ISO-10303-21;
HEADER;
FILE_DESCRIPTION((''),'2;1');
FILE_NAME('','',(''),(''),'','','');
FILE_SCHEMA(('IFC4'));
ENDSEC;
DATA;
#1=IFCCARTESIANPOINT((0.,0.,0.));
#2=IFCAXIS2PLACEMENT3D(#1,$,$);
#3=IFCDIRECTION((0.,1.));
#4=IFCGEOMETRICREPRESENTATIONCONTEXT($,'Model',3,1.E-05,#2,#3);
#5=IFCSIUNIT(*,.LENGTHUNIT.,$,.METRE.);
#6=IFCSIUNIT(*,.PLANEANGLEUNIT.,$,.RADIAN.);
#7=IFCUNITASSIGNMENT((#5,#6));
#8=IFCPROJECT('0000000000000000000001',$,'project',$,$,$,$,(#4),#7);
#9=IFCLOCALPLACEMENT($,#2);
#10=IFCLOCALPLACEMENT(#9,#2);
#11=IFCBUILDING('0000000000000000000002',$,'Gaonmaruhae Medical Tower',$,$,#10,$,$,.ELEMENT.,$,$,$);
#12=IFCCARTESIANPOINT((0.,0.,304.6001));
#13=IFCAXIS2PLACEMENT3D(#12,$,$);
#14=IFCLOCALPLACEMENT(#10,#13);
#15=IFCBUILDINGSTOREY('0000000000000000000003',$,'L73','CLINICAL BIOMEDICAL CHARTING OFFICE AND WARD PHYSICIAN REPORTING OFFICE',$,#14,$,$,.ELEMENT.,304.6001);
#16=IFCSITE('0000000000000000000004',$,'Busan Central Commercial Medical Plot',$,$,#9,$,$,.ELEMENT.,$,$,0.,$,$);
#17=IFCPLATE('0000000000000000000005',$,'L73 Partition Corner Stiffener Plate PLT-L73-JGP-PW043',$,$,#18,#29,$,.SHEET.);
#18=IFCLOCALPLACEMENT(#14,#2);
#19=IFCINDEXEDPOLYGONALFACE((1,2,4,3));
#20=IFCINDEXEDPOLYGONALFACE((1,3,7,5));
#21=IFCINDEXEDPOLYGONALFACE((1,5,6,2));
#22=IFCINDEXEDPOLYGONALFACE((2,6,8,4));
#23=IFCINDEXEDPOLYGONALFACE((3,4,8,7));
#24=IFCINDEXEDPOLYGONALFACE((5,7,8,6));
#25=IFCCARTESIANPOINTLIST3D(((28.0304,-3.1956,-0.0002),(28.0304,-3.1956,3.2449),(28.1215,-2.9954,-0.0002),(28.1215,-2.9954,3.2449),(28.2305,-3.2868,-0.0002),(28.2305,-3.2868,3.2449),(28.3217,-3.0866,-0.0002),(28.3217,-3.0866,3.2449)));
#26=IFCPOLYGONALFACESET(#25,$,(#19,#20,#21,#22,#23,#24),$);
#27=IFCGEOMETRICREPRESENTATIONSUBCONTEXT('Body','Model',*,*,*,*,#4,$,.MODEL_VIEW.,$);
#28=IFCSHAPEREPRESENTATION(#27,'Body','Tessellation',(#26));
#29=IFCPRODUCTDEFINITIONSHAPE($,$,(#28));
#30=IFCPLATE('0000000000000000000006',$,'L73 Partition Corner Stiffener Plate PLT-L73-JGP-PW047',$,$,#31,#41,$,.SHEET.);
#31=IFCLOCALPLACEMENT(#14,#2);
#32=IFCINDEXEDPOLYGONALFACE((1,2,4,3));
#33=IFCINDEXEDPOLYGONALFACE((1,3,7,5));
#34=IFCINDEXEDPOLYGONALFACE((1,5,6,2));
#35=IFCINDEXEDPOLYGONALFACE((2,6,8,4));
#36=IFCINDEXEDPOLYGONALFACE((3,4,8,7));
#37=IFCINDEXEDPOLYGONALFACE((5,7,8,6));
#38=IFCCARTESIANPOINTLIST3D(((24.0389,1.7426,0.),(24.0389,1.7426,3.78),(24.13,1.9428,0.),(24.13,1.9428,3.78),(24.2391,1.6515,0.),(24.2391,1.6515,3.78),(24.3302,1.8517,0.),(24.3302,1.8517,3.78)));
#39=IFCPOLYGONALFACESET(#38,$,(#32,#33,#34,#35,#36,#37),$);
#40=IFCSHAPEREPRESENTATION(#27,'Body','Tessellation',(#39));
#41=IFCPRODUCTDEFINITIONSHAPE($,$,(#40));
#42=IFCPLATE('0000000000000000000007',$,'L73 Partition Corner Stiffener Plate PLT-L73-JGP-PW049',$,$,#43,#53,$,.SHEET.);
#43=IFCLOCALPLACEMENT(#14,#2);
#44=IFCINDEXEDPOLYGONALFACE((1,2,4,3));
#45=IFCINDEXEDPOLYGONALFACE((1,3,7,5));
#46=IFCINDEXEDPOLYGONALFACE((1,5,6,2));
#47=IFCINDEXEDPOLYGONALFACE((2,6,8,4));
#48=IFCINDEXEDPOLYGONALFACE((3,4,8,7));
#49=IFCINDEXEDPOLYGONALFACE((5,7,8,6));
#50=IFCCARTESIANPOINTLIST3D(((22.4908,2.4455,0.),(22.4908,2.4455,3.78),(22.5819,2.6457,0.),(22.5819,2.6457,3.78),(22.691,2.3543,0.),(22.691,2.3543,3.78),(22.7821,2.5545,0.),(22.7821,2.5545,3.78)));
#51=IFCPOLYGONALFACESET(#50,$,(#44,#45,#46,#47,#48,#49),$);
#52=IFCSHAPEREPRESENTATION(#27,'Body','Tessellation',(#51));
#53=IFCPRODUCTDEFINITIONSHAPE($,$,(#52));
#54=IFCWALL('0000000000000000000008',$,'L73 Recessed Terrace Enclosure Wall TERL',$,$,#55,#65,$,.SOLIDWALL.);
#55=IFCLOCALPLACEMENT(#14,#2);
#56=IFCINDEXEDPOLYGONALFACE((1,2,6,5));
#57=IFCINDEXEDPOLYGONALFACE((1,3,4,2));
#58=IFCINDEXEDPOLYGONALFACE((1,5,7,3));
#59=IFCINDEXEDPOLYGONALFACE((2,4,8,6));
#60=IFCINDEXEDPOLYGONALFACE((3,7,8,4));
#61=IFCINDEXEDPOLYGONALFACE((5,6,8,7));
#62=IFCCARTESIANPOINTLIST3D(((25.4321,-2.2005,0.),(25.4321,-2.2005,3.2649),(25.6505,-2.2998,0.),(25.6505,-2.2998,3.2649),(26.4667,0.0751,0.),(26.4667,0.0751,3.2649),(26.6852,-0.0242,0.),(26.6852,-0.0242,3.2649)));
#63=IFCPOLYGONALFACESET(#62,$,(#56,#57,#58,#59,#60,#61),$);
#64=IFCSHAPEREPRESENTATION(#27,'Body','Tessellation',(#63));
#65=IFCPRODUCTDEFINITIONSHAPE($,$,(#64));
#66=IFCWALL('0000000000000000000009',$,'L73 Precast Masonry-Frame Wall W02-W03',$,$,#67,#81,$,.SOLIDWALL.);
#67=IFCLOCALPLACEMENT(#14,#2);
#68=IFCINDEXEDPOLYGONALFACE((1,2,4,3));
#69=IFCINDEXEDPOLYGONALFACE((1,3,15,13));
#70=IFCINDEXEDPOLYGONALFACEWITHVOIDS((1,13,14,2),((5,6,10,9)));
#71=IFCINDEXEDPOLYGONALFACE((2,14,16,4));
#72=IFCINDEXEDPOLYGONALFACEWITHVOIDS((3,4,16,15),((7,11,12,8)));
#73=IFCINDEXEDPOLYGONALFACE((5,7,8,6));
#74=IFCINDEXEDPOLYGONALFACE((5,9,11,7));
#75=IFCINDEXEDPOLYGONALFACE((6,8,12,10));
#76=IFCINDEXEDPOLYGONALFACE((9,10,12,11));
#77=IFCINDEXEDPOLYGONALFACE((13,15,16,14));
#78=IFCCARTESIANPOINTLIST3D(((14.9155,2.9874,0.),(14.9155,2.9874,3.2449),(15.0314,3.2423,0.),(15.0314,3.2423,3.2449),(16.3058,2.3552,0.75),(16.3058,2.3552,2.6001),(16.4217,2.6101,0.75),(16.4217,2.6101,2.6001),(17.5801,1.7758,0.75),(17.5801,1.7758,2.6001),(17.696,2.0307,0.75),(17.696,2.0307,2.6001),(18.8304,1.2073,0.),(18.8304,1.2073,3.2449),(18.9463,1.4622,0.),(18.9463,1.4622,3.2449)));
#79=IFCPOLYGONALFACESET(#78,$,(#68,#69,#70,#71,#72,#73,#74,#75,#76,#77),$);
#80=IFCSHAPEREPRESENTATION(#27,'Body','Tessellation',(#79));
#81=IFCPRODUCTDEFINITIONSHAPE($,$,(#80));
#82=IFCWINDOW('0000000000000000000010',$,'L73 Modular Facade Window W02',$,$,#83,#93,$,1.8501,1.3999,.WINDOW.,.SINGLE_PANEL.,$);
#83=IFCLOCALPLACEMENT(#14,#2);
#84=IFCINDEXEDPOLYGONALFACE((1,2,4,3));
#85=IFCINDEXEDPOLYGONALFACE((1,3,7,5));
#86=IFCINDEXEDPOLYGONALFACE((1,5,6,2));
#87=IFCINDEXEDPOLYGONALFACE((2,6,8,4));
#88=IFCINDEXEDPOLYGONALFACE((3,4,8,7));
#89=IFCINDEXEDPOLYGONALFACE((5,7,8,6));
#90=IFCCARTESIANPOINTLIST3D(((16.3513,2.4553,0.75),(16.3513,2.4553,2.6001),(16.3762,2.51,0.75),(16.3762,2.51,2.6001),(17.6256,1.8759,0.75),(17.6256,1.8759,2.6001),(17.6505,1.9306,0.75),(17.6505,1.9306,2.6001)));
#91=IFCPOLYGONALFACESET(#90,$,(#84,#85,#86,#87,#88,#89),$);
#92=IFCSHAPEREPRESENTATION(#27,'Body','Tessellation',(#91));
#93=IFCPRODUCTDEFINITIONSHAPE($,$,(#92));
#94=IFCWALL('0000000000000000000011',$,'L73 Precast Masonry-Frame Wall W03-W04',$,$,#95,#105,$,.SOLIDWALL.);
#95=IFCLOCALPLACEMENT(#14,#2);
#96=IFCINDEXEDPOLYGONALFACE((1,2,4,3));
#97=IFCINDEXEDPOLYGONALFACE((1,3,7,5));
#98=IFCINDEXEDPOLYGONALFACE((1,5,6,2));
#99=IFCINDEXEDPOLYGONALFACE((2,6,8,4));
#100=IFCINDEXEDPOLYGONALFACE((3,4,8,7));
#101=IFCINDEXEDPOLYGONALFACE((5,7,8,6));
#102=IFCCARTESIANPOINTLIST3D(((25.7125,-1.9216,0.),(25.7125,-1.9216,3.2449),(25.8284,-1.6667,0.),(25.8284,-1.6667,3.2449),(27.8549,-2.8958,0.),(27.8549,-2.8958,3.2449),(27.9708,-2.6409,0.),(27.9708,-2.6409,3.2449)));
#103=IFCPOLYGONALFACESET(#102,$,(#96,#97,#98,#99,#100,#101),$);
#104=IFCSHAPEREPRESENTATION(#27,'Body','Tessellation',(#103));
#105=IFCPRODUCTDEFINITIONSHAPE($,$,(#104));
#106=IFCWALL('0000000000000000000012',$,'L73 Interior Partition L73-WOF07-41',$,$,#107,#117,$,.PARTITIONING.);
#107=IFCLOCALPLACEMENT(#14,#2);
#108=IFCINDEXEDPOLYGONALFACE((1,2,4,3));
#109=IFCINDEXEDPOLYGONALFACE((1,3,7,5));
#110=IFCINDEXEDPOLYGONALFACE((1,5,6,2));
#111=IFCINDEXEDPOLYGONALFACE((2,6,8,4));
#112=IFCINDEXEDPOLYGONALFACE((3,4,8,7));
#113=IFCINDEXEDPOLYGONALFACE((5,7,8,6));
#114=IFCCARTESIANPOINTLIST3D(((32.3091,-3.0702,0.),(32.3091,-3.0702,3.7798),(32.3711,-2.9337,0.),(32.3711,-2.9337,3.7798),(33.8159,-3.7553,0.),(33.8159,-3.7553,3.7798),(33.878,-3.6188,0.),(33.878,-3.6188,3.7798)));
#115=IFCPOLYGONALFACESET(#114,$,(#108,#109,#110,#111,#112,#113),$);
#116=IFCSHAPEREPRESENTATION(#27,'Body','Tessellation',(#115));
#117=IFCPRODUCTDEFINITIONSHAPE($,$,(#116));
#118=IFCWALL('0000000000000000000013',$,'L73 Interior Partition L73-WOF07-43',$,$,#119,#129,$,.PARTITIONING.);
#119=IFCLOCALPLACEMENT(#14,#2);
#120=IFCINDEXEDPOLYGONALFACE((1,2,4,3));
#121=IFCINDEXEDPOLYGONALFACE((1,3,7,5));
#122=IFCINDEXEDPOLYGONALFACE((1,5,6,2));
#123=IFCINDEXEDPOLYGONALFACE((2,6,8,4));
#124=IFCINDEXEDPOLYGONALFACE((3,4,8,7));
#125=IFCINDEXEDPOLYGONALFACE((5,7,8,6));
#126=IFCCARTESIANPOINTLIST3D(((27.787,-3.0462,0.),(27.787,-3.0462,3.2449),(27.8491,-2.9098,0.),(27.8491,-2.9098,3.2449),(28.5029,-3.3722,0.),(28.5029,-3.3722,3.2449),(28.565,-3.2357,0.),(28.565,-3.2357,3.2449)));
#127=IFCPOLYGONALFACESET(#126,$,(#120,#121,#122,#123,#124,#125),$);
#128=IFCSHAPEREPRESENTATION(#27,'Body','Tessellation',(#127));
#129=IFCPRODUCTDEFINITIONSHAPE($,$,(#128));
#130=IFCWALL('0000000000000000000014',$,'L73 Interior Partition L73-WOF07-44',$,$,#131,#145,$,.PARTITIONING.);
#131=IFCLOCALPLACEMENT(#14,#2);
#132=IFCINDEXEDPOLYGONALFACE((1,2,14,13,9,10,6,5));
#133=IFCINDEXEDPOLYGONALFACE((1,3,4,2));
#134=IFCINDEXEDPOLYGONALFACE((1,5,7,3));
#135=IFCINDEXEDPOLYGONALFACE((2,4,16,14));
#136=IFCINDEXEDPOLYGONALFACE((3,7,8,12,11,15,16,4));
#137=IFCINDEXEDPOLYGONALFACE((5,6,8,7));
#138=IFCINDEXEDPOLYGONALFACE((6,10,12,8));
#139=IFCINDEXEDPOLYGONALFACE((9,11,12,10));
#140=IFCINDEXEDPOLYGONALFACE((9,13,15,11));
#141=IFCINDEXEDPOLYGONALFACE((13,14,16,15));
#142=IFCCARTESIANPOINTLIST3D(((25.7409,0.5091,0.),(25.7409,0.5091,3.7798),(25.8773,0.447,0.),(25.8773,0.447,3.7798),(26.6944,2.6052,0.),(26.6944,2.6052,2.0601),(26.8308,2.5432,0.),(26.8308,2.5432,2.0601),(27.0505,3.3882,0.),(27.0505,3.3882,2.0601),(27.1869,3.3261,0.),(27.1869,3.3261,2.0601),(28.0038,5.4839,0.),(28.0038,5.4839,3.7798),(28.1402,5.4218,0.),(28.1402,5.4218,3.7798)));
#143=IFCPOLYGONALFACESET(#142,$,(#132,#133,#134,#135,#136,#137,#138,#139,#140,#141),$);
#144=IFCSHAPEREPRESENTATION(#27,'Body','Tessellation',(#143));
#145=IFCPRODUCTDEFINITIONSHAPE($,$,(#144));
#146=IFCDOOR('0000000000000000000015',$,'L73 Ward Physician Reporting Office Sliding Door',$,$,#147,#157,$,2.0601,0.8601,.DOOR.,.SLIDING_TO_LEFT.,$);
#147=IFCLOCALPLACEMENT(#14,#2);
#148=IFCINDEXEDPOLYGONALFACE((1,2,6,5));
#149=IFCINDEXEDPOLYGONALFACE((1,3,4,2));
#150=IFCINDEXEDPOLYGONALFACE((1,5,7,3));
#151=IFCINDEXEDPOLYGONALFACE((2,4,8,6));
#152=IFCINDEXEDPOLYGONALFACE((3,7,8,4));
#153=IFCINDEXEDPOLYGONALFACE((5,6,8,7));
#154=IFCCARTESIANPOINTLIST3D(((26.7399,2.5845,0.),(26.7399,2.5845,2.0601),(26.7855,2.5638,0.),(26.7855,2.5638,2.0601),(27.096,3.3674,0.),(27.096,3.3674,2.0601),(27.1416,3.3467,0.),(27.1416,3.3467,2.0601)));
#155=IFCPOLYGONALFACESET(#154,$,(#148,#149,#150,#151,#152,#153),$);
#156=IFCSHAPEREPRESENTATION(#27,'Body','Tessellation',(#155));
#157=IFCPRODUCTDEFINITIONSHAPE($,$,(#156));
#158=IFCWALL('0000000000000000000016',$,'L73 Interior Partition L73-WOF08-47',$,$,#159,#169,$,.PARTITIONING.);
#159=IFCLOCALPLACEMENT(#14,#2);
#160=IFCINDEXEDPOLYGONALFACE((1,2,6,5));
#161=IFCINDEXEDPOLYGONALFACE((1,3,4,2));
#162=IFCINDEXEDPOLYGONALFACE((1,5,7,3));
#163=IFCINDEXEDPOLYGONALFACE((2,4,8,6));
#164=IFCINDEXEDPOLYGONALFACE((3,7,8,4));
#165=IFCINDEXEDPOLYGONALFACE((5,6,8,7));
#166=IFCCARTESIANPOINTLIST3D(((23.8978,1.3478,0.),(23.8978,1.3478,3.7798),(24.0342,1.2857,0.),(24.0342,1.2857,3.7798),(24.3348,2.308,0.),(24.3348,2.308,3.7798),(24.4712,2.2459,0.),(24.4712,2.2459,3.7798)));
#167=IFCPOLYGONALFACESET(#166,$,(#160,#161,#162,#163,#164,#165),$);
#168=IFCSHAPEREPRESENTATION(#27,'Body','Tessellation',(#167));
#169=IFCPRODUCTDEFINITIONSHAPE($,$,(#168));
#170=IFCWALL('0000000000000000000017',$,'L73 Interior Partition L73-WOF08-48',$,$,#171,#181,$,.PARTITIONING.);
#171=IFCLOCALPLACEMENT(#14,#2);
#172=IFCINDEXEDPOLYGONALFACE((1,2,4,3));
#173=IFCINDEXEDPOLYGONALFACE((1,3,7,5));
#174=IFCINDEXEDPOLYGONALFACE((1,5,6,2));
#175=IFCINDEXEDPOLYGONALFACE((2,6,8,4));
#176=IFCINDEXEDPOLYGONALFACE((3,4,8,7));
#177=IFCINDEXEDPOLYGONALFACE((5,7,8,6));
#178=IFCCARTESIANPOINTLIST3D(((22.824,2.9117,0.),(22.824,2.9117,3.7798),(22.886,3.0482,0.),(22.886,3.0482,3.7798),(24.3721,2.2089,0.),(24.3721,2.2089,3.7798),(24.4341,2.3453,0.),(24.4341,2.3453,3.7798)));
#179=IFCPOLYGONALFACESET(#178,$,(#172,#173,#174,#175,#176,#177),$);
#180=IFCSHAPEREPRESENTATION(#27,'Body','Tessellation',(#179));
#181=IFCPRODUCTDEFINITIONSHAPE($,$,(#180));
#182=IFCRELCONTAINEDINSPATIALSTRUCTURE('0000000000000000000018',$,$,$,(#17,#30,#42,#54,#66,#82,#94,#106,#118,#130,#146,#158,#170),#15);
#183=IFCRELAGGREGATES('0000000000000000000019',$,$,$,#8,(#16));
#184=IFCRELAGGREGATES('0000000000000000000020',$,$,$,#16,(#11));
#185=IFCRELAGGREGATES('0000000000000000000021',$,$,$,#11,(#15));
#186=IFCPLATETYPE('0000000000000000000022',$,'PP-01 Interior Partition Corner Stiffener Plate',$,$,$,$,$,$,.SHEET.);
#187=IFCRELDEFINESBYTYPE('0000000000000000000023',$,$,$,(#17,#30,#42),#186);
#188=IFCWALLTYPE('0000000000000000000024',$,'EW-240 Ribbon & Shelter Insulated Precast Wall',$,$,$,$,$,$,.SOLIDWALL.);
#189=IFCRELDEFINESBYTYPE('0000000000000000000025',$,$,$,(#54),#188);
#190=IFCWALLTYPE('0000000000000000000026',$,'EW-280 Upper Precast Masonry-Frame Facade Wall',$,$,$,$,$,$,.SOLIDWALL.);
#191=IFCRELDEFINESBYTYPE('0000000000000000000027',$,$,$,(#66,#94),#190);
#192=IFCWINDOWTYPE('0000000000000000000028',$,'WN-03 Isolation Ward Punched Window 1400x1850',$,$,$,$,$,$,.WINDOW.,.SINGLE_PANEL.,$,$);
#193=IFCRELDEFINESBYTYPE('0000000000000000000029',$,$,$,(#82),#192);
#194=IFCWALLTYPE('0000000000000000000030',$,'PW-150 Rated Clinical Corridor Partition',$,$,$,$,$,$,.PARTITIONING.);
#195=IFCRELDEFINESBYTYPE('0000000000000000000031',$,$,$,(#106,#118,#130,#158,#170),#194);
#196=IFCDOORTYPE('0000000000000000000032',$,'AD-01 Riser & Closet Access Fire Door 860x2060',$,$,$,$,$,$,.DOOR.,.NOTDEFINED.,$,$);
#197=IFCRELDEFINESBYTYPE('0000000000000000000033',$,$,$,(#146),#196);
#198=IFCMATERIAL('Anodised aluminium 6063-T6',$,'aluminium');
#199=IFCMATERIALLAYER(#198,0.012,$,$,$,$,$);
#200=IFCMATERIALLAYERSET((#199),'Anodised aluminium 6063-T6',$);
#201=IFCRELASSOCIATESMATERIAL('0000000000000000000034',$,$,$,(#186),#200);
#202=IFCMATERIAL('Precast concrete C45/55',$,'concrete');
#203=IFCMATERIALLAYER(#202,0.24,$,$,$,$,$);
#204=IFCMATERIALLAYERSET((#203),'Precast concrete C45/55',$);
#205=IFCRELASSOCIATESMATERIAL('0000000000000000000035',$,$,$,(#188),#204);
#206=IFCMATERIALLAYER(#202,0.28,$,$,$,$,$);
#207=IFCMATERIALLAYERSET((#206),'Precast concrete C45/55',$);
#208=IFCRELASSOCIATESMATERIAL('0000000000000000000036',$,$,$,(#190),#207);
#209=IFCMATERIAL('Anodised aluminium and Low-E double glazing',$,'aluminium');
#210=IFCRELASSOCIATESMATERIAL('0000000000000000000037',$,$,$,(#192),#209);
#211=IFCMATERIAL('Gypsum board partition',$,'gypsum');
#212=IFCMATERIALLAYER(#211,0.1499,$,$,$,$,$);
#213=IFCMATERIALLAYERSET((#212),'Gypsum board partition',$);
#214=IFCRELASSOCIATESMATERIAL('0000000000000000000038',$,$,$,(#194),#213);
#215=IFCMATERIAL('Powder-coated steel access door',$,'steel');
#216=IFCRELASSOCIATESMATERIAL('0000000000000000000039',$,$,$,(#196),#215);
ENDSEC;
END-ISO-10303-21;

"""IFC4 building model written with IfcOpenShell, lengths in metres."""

from ifc_helpers import new_model, si_unit, direction, frame, frame_2d, origin, origin_2d, place, context, subcontext, project, spatial, rectangle, extrude, material, layer, layer_set, type_object, element, fill, save


model = new_model("IFC4")

# Units and contexts
model_context = context("Model", 3, precision=1e-05, world=origin(), true_north=direction((0.0, 1.0)))
body_context = subcontext(model_context, "Body", "Model", "MODEL_VIEW")
ifc_project = project(units=[si_unit("LENGTHUNIT", "METRE"), si_unit("PLANEANGLEUNIT", "RADIAN")], contexts=[model_context])

# Site, building, storey
site_placement = place(None, origin())
site = spatial("IfcSite", under=ifc_project, at=site_placement, Name="Busan Central Commercial Medical Plot", CompositionType="ELEMENT", RefElevation=0.0)
building_placement = place(site_placement, origin())
building = spatial("IfcBuilding", under=site, at=building_placement, Name="Gaonmaruhae Medical Tower", CompositionType="ELEMENT")
storey_placement = place(building_placement, frame((0.0, 0.0, 304.6001)))
storey = spatial("IfcBuildingStorey", under=building, at=storey_placement, Name="L73", Description="CLINICAL BIOMEDICAL CHARTING OFFICE AND WARD PHYSICIAN REPORTING OFFICE", CompositionType="ELEMENT", Elevation=304.6001)

# Plates
ifc_material_1 = material(Name="Anodised aluminium 6063-T6", Category="aluminium")
ifc_layer_1 = layer(ifc_material_1, 0.012)
ifc_layer_set_1 = layer_set([ifc_layer_1], Name="Anodised aluminium 6063-T6")
plate_type = type_object("IfcPlateType", Name="PP-01 Interior Partition Corner Stiffener Plate", PredefinedType="SHEET", material=ifc_layer_set_1)
plate_1_placement = place(storey_placement, frame((28.176, -3.1411, -0.0002), z_axis=(0.0, 0.0, 1.0), x_axis=(-0.910106, 0.414376, 0.0)))
element("IfcPlate", 1, at=plate_1_placement, inside=storey, type_object=plate_type, Name="L73 Partition Corner Stiffener Plate PLT-L73-JGP-PW043", PredefinedType="SHEET", context=body_context, shape_type="SweptSolid", body=[
    extrude(rectangle(XDim=0.22, YDim=0.22, at=origin_2d()), origin(), (0.0, 0.0, 1.0), 3.2451),
])
for number, where, z_axis, x_axis, name in (
    (2, (24.1846, 1.7971, 0.0), (0.0, 0.0, 1.0), (0.414296, 0.910142, 0.0), "L73 Partition Corner Stiffener Plate PLT-L73-JGP-PW047"),
    (3, (22.6365, 2.5, 0.0), (0.0, 0.0, 1.0), (-0.414296, -0.910142, 0.0), "L73 Partition Corner Stiffener Plate PLT-L73-JGP-PW049"),
):
    element("IfcPlate", number, at=place(storey_placement, frame(where, z_axis=z_axis, x_axis=x_axis)), inside=storey, type_object=plate_type, Name=name, PredefinedType="SHEET", context=body_context, shape_type="SweptSolid", body=[
        extrude(rectangle(XDim=0.22, YDim=0.22, at=origin_2d()), origin(), (0.0, 0.0, 1.0), 3.78),
    ])

# Shared definitions
ifc_material_2 = material(Name="Precast concrete C45/55", Category="concrete")
ifc_layer_2 = layer(ifc_material_2, 0.24)
ifc_layer_set_2 = layer_set([ifc_layer_2], Name="Precast concrete C45/55")
wall_type_1 = type_object("IfcWallType", Name="EW-240 Ribbon & Shelter Insulated Precast Wall", PredefinedType="SOLIDWALL", material=ifc_layer_set_2)

# Wall
wall_1_placement = place(storey_placement, frame((25.5413, -2.2502, 0.0), z_axis=(0.0, 0.0, 1.0), x_axis=(0.413899, 0.910323, 0.0)))
element("IfcWall", 4, at=wall_1_placement, inside=storey, type_object=wall_type_1, Name="L73 Recessed Terrace Enclosure Wall TERL", PredefinedType="SOLIDWALL", context=body_context, shape_type="SweptSolid", body=[
    extrude(rectangle(XDim=2.4998, YDim=0.24, at=frame_2d((1.25, 0.0))), origin(), (0.0, 0.0, 1.0), 3.2649),
])

# Wall, opening, window
ifc_layer_3 = layer(ifc_material_2, 0.28)
ifc_layer_set_3 = layer_set([ifc_layer_3], Name="Precast concrete C45/55")
wall_type_2 = type_object("IfcWallType", Name="EW-280 Upper Precast Masonry-Frame Facade Wall", PredefinedType="SOLIDWALL", material=ifc_layer_set_3)
wall_2_placement = place(storey_placement, frame((18.8884, 1.3347, 0.0), z_axis=(0.0, 0.0, 1.0), x_axis=(-0.910316, 0.413914, 0.0)))
wall_2 = element("IfcWall", 5, at=wall_2_placement, inside=storey, type_object=wall_type_2, Name="L73 Precast Masonry-Frame Wall W02-W03", PredefinedType="SOLIDWALL", context=body_context, shape_type="SweptSolid", body=[
    extrude(rectangle(XDim=4.3005, YDim=0.28, at=frame_2d((2.1504, 0.0))), origin(), (0.0, 0.0, 1.0), 3.2449),
])
opening_1_placement = place(wall_2_placement, frame((1.3735, 0.0, 0.75)))
opening_1 = element("IfcOpeningElement", 6, at=opening_1_placement, cuts=wall_2, PredefinedType="OPENING", context=body_context, shape_type="SweptSolid", body=[
    extrude(rectangle(XDim=1.3999, YDim=1.8501, at=frame_2d((0.7, 0.925))), frame((0.0, 0.1499, 0.0), z_axis=(0.0, -1.0, 0.0), x_axis=(1.0, 0.0, 0.0)), (0.0, 0.0, 1.0), 0.3),
])
ifc_material_3 = material(Name="Anodised aluminium and Low-E double glazing", Category="aluminium")
window_type = type_object("IfcWindowType", Name="WN-03 Isolation Ward Punched Window 1400x1850", PartitioningType="SINGLE_PANEL", PredefinedType="WINDOW", material=ifc_material_3)
window_placement = place(opening_1_placement, origin())
window = element("IfcWindow", 7, at=window_placement, inside=storey, type_object=window_type, Name="L73 Modular Facade Window W02", OverallHeight=1.8501, OverallWidth=1.3999, PartitioningType="SINGLE_PANEL", PredefinedType="WINDOW", context=body_context, shape_type="SweptSolid", body=[
    extrude(rectangle(XDim=1.3999, YDim=1.8501, at=frame_2d((0.7, 0.925))), frame((0.0, 0.03, 0.0), z_axis=(0.0, -1.0, 0.0), x_axis=(1.0, 0.0, 0.0)), (0.0, 0.0, 1.0), 0.0601),
])
fill(opening_1, window)

# Walls
wall_3_placement = place(storey_placement, frame((27.9128, -2.7683, 0.0), z_axis=(0.0, 0.0, 1.0), x_axis=(-0.910313, 0.41392, 0.0)))
element("IfcWall", 8, at=wall_3_placement, inside=storey, type_object=wall_type_2, Name="L73 Precast Masonry-Frame Wall W03-W04", PredefinedType="SOLIDWALL", context=body_context, shape_type="SweptSolid", body=[
    extrude(rectangle(XDim=2.3535, YDim=0.28, at=frame_2d((1.1768, 0.0))), origin(), (0.0, 0.0, 1.0), 3.2449),
])
ifc_material_4 = material(Name="Gypsum board partition", Category="gypsum")
ifc_layer_4 = layer(ifc_material_4, 0.1499)
ifc_layer_set_4 = layer_set([ifc_layer_4], Name="Gypsum board partition")
wall_type_3 = type_object("IfcWallType", Name="PW-150 Rated Clinical Corridor Partition", PredefinedType="PARTITIONING", material=ifc_layer_set_4)
wall_4_placement = place(storey_placement, frame((32.3401, -3.002, 0.0), z_axis=(0.0, 0.0, 1.0), x_axis=(0.910336, -0.41387, 0.0)))
element("IfcWall", 9, at=wall_4_placement, inside=storey, type_object=wall_type_3, Name="L73 Interior Partition L73-WOF07-41", PredefinedType="PARTITIONING", context=body_context, shape_type="SweptSolid", body=[
    extrude(rectangle(XDim=1.6553, YDim=0.1499, at=frame_2d((0.8276, 0.0))), origin(), (0.0, 0.0, 1.0), 3.7798),
])
wall_5_placement = place(storey_placement, frame((28.5339, -3.304, 0.0), z_axis=(0.0, 0.0, 1.0), x_axis=(-0.910101, 0.414388, 0.0)))
element("IfcWall", 10, at=wall_5_placement, inside=storey, type_object=wall_type_3, Name="L73 Interior Partition L73-WOF07-43", PredefinedType="PARTITIONING", context=body_context, shape_type="SweptSolid", body=[
    extrude(rectangle(XDim=0.7866, YDim=0.1499, at=frame_2d((0.3933, 0.0))), origin(), (0.0, 0.0, 1.0), 3.2449),
])

# Wall, opening, door
wall_6_placement = place(storey_placement, frame((25.8091, 0.478, 0.0), z_axis=(0.0, 0.0, 1.0), x_axis=(0.414052, 0.910253, 0.0)))
wall_6 = element("IfcWall", 11, at=wall_6_placement, inside=storey, type_object=wall_type_3, Name="L73 Interior Partition L73-WOF07-44", PredefinedType="PARTITIONING", context=body_context, shape_type="SweptSolid", body=[
    extrude(rectangle(XDim=5.4653, YDim=0.1499, at=frame_2d((2.7327, 0.0))), origin(), (0.0, 0.0, 1.0), 3.7798),
])
opening_2_placement = place(wall_6_placement, frame((2.3027, 0.0, 0.0)))
opening_2 = element("IfcOpeningElement", 12, at=opening_2_placement, cuts=wall_6, PredefinedType="OPENING", context=body_context, shape_type="SweptSolid", body=[
    extrude(rectangle(XDim=0.8601, YDim=2.0601, at=frame_2d((0.4302, 1.03))), frame((0.0, 0.085, 0.0), z_axis=(0.0, -1.0, 0.0), x_axis=(1.0, 0.0, 0.0)), (0.0, 0.0, 1.0), 0.1699),
])
ifc_material_5 = material(Name="Powder-coated steel access door", Category="steel")
door_type_1 = type_object("IfcDoorType", Name="AD-01 Riser & Closet Access Fire Door 860x2060", OperationType="NOTDEFINED", PredefinedType="DOOR", material=ifc_material_5)
door_1_placement = place(opening_2_placement, origin())
door_1 = element("IfcDoor", 13, at=door_1_placement, inside=storey, type_object=door_type_1, Name="L73 Ward Physician Reporting Office Sliding Door", OperationType="SLIDING_TO_LEFT", OverallHeight=2.0601, OverallWidth=0.8601, PredefinedType="DOOR", context=body_context, shape_type="SweptSolid", body=[
    extrude(rectangle(XDim=0.8601, YDim=2.0601, at=frame_2d((0.4302, 1.03))), frame((0.0, 0.0249, 0.0), z_axis=(0.0, -1.0, 0.0), x_axis=(1.0, 0.0, 0.0)), (0.0, 0.0, 1.0), 0.05),
])
fill(opening_2, door_1)

# Walls
wall_7_placement = place(storey_placement, frame((23.9661, 1.3169, 0.0), z_axis=(0.0, 0.0, 1.0), x_axis=(0.414239, 0.910168, 0.0)))
element("IfcWall", 14, at=wall_7_placement, inside=storey, type_object=wall_type_3, Name="L73 Interior Partition L73-WOF08-47", PredefinedType="PARTITIONING", context=body_context, shape_type="SweptSolid", body=[
    extrude(rectangle(XDim=1.0549, YDim=0.1499, at=frame_2d((0.5273, 0.0))), origin(), (0.0, 0.0, 1.0), 3.7798),
])
wall_8_placement = place(storey_placement, frame((24.4031, 2.2771, 0.0), z_axis=(0.0, 0.0, 1.0), x_axis=(-0.910543, 0.413413, 0.0)))
element("IfcWall", 15, at=wall_8_placement, inside=storey, type_object=wall_type_3, Name="L73 Interior Partition L73-WOF08-48", PredefinedType="PARTITIONING", context=body_context, shape_type="SweptSolid", body=[
    extrude(rectangle(XDim=1.7002, YDim=0.1499, at=frame_2d((0.8501, 0.0))), origin(), (0.0, 0.0, 1.0), 3.7798),
])

save(model, "model.ifc")
